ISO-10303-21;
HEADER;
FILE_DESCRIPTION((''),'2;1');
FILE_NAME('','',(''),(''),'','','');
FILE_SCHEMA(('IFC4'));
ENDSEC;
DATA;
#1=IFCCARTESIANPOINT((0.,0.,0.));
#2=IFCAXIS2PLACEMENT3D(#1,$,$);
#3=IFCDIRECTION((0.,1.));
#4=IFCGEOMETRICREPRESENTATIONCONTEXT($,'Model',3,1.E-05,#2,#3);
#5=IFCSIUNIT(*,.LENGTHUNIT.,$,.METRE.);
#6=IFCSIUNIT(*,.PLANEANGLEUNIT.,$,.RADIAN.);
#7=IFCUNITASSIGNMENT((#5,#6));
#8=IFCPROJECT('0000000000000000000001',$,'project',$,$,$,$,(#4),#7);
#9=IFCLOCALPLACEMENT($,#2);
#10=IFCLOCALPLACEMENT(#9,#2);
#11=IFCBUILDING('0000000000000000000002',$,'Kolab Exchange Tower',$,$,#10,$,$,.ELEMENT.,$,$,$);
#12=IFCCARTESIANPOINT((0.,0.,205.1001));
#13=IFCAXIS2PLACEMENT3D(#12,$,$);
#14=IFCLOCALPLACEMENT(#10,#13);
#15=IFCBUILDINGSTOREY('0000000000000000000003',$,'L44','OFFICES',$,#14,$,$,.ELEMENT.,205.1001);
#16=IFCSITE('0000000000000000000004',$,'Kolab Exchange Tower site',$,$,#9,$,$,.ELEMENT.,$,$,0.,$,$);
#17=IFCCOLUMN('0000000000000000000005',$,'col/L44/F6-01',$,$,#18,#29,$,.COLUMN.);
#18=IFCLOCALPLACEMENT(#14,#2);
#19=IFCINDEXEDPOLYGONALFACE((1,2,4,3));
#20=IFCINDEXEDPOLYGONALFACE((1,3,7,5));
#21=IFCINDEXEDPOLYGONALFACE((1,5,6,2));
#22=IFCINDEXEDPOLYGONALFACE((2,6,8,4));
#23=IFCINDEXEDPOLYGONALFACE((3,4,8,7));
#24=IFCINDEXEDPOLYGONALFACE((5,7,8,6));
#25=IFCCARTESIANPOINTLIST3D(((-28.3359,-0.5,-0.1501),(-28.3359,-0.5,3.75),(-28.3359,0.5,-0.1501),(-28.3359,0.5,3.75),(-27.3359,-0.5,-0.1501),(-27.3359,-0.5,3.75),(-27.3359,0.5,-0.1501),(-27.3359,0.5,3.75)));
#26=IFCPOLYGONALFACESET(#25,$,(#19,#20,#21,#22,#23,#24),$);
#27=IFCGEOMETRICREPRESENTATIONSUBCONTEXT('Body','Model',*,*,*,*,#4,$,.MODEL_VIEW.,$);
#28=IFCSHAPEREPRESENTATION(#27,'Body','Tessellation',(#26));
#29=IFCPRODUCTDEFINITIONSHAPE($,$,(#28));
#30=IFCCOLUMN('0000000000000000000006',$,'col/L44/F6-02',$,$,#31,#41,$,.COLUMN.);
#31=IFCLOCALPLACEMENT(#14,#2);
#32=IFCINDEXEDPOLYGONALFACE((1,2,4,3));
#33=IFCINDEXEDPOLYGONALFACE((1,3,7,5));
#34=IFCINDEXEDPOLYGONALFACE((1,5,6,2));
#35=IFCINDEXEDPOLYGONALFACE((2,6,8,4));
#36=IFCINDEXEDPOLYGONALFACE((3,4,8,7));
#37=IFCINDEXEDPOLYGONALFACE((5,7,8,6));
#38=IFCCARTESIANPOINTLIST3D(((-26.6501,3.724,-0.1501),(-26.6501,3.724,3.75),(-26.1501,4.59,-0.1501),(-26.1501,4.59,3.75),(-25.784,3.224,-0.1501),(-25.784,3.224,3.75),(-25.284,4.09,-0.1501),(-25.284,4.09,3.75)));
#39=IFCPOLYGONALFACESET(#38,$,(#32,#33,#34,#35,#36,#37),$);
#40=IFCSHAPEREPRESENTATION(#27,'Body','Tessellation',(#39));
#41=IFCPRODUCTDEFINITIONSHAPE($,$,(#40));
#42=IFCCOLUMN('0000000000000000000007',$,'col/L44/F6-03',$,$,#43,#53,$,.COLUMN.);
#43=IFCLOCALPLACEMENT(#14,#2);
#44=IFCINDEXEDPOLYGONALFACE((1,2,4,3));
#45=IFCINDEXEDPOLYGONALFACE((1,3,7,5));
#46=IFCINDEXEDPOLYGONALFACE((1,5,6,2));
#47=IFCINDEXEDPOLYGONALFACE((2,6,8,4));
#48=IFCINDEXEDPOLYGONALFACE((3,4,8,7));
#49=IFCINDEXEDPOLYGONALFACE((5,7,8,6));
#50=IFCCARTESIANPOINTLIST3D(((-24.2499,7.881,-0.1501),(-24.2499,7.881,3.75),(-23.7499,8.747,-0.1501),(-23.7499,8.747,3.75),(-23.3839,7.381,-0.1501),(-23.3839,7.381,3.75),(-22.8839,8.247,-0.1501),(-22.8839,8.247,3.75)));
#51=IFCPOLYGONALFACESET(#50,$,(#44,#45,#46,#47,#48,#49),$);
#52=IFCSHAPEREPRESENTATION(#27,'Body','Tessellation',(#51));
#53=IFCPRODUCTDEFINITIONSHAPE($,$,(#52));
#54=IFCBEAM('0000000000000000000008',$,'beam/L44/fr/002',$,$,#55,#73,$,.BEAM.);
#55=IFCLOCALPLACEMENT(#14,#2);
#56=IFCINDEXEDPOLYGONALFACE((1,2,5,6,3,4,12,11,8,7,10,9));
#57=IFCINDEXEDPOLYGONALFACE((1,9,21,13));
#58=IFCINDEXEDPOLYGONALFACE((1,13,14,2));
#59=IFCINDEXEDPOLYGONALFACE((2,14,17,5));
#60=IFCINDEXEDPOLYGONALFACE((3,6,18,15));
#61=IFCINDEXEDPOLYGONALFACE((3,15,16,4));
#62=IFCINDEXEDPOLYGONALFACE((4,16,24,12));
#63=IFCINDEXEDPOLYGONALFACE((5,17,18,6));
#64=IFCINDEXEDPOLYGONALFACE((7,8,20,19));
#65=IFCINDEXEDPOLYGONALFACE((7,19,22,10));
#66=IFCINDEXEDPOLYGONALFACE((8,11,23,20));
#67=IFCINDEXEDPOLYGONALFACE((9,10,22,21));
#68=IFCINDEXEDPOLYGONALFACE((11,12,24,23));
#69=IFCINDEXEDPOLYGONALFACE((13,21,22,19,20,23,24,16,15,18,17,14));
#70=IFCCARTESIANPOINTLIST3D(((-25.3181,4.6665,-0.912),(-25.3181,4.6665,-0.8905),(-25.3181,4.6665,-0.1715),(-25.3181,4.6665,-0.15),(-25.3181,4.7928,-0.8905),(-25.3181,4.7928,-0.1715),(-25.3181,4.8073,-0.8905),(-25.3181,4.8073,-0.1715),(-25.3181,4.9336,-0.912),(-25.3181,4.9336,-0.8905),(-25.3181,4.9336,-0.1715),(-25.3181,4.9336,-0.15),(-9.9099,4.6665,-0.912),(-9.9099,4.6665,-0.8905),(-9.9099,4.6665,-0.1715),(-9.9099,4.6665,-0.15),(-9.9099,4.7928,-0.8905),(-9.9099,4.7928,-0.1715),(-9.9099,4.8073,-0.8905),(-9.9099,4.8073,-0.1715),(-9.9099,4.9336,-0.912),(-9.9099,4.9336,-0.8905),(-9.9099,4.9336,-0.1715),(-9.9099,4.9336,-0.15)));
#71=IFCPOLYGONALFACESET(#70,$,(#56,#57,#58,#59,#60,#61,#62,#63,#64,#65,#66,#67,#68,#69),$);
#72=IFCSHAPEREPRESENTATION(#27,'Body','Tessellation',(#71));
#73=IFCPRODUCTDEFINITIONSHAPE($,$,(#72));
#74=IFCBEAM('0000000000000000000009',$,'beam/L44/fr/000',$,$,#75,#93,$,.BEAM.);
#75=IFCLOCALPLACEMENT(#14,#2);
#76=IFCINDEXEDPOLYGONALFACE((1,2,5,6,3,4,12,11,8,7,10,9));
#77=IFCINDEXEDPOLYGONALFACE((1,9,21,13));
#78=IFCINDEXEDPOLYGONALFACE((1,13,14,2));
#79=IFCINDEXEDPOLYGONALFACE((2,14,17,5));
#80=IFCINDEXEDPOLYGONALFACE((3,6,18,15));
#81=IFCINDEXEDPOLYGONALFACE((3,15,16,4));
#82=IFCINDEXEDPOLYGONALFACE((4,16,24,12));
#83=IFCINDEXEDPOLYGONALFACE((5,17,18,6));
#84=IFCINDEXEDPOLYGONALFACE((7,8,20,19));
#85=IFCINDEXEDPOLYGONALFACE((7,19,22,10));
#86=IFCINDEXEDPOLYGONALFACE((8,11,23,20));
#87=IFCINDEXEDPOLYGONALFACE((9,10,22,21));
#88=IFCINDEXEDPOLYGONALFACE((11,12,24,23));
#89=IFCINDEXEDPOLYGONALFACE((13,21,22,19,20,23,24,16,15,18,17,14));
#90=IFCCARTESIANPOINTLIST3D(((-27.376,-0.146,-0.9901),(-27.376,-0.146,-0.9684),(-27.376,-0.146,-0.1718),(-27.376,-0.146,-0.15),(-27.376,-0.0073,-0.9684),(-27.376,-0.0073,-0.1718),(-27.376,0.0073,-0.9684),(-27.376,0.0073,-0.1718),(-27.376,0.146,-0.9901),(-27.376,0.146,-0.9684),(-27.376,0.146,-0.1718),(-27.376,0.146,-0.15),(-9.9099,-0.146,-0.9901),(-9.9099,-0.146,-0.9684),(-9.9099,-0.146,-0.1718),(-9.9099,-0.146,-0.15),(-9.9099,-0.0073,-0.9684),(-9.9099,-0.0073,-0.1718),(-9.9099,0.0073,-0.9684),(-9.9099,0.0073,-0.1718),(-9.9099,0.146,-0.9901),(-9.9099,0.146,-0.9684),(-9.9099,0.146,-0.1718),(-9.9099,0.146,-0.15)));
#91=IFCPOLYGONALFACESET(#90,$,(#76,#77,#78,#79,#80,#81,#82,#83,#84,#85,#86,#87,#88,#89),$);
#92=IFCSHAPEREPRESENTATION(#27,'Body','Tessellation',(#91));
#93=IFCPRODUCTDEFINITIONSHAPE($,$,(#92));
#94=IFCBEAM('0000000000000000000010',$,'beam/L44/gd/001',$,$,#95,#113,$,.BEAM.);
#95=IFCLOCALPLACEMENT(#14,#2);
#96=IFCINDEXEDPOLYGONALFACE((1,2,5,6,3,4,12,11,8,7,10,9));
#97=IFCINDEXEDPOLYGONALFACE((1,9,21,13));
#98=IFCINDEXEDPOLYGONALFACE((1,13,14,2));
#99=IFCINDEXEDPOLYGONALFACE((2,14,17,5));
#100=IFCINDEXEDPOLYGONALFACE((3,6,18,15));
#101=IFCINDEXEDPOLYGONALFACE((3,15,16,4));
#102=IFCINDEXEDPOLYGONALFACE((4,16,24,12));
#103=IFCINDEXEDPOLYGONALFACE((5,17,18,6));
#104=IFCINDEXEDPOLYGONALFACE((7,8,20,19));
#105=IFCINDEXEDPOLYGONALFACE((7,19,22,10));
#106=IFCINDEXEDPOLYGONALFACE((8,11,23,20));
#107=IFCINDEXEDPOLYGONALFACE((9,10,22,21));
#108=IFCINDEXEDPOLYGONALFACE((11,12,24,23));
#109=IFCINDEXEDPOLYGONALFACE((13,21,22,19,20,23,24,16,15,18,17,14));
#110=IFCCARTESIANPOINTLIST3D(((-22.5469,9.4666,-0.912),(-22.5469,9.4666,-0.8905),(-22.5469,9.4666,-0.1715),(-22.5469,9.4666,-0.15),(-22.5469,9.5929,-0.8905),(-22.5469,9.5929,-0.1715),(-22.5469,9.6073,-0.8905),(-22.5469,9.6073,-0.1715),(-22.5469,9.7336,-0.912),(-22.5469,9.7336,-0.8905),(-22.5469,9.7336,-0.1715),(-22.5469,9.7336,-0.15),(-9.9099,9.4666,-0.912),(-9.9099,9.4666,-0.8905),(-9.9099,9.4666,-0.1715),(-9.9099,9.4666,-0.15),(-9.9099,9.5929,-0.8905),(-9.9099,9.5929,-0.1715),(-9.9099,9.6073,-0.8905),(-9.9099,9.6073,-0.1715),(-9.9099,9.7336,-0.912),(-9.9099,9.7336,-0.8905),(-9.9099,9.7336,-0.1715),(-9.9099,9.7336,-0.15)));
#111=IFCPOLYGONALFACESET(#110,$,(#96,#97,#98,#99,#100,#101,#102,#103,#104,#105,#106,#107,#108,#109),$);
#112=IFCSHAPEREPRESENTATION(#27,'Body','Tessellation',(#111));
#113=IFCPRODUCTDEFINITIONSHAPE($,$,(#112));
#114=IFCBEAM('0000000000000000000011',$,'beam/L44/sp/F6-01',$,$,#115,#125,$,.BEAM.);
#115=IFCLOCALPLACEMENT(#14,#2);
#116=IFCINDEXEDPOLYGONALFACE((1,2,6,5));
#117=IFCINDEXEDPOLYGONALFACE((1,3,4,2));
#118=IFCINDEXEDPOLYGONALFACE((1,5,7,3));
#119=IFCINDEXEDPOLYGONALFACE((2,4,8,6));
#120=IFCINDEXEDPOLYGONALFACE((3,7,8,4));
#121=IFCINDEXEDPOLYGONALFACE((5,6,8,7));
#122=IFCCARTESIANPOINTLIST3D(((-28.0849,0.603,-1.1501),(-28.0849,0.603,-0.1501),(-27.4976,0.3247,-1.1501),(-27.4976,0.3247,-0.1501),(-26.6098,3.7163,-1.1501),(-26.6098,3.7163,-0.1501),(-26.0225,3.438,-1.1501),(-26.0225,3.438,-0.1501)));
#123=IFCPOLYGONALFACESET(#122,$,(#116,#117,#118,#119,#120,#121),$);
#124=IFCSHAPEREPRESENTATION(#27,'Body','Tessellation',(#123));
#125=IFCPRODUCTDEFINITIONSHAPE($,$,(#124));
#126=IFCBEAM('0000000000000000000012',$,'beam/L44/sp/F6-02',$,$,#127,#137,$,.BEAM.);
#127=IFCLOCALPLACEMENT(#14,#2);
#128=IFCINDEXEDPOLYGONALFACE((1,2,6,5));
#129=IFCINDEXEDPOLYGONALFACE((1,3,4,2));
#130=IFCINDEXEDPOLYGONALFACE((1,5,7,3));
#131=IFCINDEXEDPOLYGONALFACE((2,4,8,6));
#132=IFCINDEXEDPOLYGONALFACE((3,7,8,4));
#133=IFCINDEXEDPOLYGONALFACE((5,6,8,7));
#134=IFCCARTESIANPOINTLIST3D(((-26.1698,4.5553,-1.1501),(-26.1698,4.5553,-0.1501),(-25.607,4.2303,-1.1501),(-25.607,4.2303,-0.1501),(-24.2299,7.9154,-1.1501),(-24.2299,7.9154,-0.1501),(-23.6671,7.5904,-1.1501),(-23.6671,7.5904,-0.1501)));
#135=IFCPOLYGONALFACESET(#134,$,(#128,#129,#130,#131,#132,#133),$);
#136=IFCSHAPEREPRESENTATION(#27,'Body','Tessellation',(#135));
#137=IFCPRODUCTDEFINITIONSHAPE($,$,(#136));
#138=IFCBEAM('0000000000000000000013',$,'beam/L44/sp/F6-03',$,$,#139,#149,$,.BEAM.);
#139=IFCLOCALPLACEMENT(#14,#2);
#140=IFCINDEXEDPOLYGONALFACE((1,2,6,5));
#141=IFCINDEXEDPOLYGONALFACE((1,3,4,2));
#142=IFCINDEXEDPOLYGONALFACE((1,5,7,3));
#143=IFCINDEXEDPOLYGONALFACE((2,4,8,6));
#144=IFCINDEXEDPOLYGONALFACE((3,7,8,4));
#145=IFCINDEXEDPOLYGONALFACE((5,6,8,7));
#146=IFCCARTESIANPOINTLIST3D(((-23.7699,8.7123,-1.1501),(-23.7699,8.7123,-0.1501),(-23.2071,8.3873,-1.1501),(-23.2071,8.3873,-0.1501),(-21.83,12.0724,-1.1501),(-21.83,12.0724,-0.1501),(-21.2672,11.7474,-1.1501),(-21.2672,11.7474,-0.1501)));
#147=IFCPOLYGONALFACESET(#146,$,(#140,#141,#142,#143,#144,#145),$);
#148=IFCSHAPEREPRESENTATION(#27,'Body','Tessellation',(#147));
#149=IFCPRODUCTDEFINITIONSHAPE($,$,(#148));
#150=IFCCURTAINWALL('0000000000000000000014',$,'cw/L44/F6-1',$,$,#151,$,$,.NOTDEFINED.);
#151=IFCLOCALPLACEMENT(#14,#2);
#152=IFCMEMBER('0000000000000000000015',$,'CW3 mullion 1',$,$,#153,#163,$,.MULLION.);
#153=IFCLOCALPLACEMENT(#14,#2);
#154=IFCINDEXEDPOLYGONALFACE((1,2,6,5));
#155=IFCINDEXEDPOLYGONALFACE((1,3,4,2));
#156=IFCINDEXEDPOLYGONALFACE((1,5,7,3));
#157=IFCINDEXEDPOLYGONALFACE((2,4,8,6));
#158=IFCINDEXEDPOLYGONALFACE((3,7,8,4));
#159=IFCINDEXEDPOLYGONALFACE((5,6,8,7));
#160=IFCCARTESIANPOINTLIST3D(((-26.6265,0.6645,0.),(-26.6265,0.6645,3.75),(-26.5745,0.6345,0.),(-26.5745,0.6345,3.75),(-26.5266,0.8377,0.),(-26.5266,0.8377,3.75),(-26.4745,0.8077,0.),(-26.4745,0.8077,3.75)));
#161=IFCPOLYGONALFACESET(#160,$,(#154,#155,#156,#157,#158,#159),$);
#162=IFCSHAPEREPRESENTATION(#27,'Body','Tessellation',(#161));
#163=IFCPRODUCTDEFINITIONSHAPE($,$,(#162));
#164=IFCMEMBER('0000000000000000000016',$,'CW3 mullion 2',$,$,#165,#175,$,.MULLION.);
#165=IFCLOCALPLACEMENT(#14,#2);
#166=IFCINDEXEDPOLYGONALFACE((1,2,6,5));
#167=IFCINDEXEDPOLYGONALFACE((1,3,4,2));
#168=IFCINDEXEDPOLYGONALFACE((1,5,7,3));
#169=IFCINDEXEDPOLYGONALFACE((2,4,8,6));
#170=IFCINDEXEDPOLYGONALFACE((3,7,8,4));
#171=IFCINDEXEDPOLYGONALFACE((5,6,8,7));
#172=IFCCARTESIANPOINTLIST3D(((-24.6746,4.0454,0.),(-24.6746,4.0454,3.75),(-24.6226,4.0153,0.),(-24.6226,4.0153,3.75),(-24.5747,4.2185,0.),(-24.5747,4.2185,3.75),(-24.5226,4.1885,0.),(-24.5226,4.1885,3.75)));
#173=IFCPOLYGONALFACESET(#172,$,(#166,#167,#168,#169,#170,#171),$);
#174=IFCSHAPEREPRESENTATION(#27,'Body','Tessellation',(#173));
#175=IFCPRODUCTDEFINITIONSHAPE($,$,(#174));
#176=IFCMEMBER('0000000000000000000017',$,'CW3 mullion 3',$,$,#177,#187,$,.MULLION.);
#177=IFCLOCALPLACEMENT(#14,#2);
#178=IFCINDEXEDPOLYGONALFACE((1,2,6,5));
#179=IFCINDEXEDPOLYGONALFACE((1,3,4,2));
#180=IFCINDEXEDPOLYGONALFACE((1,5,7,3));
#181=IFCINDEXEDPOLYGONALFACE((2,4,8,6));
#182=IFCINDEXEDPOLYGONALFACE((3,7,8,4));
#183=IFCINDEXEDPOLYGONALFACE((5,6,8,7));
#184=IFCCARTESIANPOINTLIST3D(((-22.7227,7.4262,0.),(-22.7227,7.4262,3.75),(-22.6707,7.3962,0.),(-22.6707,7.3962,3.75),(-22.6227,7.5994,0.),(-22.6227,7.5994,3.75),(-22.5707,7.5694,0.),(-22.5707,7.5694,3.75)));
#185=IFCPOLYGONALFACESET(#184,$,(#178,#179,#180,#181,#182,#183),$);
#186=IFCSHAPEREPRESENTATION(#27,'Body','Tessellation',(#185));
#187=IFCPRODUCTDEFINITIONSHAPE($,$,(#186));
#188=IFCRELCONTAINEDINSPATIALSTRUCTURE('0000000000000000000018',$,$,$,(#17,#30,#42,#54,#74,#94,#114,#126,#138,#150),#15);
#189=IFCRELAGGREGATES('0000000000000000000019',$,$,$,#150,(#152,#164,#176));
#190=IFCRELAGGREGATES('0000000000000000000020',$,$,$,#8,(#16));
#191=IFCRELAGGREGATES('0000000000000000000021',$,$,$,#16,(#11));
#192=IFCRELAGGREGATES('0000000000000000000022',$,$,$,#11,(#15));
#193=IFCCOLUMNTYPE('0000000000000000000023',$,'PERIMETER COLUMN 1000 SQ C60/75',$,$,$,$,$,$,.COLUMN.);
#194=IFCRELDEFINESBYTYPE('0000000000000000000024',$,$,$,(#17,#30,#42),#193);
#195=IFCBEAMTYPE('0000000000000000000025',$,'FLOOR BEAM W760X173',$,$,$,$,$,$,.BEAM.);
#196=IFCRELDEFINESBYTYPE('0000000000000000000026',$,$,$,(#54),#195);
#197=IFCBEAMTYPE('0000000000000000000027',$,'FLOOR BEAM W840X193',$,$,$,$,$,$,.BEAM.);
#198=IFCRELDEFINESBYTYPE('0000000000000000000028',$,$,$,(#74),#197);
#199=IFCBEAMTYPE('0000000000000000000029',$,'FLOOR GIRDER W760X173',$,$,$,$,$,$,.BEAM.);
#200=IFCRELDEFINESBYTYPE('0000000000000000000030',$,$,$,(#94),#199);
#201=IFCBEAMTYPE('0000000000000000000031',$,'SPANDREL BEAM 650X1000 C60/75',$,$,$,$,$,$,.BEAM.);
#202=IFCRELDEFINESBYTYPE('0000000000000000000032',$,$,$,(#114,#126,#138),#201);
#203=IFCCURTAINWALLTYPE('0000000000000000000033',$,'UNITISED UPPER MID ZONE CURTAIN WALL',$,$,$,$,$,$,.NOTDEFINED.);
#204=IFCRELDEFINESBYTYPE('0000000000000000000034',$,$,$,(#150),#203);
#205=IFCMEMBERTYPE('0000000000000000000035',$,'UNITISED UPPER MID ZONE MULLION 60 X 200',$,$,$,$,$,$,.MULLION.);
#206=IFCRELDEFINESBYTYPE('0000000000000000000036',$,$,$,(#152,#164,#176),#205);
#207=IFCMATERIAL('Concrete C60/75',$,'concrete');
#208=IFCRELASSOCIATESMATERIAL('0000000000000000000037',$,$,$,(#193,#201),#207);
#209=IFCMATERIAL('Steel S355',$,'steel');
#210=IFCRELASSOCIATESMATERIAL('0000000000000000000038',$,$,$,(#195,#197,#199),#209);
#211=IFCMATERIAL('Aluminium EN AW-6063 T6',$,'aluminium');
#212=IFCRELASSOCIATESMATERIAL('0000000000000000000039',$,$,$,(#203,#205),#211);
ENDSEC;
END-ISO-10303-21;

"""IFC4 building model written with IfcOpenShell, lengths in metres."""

from ifc_helpers import new_model, si_unit, direction, frame, origin, origin_2d, place, context, subcontext, project, spatial, rectangle, i_section, extrude, material, material_profile, profile_set, type_object, element, aggregate, save


model = new_model("IFC4")

# Units and contexts
model_context = context("Model", 3, precision=1e-05, world=origin(), true_north=direction((0.0, 1.0)))
body_context = subcontext(model_context, "Body", "Model", "MODEL_VIEW")
ifc_project = project(units=[si_unit("LENGTHUNIT", "METRE"), si_unit("PLANEANGLEUNIT", "RADIAN")], contexts=[model_context])

# Site, building, storey
site_placement = place(None, origin())
site = spatial("IfcSite", under=ifc_project, at=site_placement, Name="Kolab Exchange Tower site", CompositionType="ELEMENT", RefElevation=0.0)
building_placement = place(site_placement, origin())
building = spatial("IfcBuilding", under=site, at=building_placement, Name="Kolab Exchange Tower", CompositionType="ELEMENT")
storey_placement = place(building_placement, frame((0.0, 0.0, 205.1001)))
storey = spatial("IfcBuildingStorey", under=building, at=storey_placement, Name="L44", Description="OFFICES", CompositionType="ELEMENT", Elevation=205.1001)

# Columns
ifc_material_1 = material(Name="Concrete C60/75", Category="concrete")
ifc_material_profile_1 = material_profile(ifc_material_1, rectangle(XDim=1.0, YDim=1.0, at=origin_2d()), Name="RC1000")
ifc_profile_set_1 = profile_set([ifc_material_profile_1], Name="Concrete C60/75")
column_type = type_object("IfcColumnType", Name="PERIMETER COLUMN 1000 SQ C60/75", PredefinedType="COLUMN", material=ifc_profile_set_1)
for number, where, z_axis, x_axis, name in (
    (1, (-27.8359, 0.0, -0.1501), (0.0, 0.0, 1.0), (1.0, 0.0, 0.0), "col/L44/F6-01"),
    (2, (-25.967, 3.907, -0.1501), (0.0, 0.0, 1.0), (0.5, 0.866025, 0.0), "col/L44/F6-02"),
    (3, (-23.5669, 8.064, -0.1501), (0.0, 0.0, 1.0), (0.5, 0.866025, 0.0), "col/L44/F6-03"),
):
    element("IfcColumn", number, at=place(storey_placement, frame(where, z_axis=z_axis, x_axis=x_axis)), inside=storey, type_object=column_type, Name=name, PredefinedType="COLUMN", context=body_context, shape_type="SweptSolid", body=[
        extrude(rectangle(XDim=1.0, YDim=1.0, at=origin_2d()), origin(), (0.0, 0.0, 1.0), 3.9001),
    ])

# Beams
ifc_material_2 = material(Name="Steel S355", Category="steel")
ifc_material_profile_2 = material_profile(ifc_material_2, i_section(OverallWidth=0.2671, OverallDepth=0.762, WebThickness=0.0144, FlangeThickness=0.0215, at=origin_2d()), Name="W760X173")
ifc_profile_set_2 = profile_set([ifc_material_profile_2], Name="Steel S355")
beam_type_1 = type_object("IfcBeamType", Name="FLOOR BEAM W760X173", PredefinedType="BEAM", material=ifc_profile_set_2)
beam_1_placement = place(storey_placement, frame((-25.3181, 4.8, -0.531), z_axis=(1.0, 0.0, 0.0), x_axis=(0.0, 1.0, 0.0)))
element("IfcBeam", 4, at=beam_1_placement, inside=storey, type_object=beam_type_1, Name="beam/L44/fr/002", PredefinedType="BEAM", context=body_context, shape_type="SweptSolid", body=[
    extrude(i_section(OverallWidth=0.2671, OverallDepth=0.762, WebThickness=0.0144, FlangeThickness=0.0215, at=origin_2d()), origin(), (0.0, 0.0, 1.0), 15.4082),
])
ifc_material_profile_3 = material_profile(ifc_material_2, i_section(OverallWidth=0.292, OverallDepth=0.8401, WebThickness=0.0146, FlangeThickness=0.0217, at=origin_2d()), Name="W840X193")
ifc_profile_set_3 = profile_set([ifc_material_profile_3], Name="Steel S355")
beam_type_2 = type_object("IfcBeamType", Name="FLOOR BEAM W840X193", PredefinedType="BEAM", material=ifc_profile_set_3)
beam_2_placement = place(storey_placement, frame((-27.376, 0.0, -0.5701), z_axis=(1.0, 0.0, 0.0), x_axis=(0.0, 1.0, 0.0)))
element("IfcBeam", 5, at=beam_2_placement, inside=storey, type_object=beam_type_2, Name="beam/L44/fr/000", PredefinedType="BEAM", context=body_context, shape_type="SweptSolid", body=[
    extrude(i_section(OverallWidth=0.292, OverallDepth=0.8401, WebThickness=0.0146, FlangeThickness=0.0217, at=origin_2d()), origin(), (0.0, 0.0, 1.0), 17.4661),
])
ifc_material_profile_4 = material_profile(ifc_material_2, i_section(OverallWidth=0.2671, OverallDepth=0.762, WebThickness=0.0144, FlangeThickness=0.0215, at=origin_2d()), Name="W760X173")
ifc_profile_set_4 = profile_set([ifc_material_profile_4], Name="Steel S355")
beam_type_3 = type_object("IfcBeamType", Name="FLOOR GIRDER W760X173", PredefinedType="BEAM", material=ifc_profile_set_4)
beam_3_placement = place(storey_placement, frame((-22.5469, 9.6001, -0.531), z_axis=(1.0, 0.0, 0.0), x_axis=(0.0, 1.0, 0.0)))
element("IfcBeam", 6, at=beam_3_placement, inside=storey, type_object=beam_type_3, Name="beam/L44/gd/001", PredefinedType="BEAM", context=body_context, shape_type="SweptSolid", body=[
    extrude(i_section(OverallWidth=0.2671, OverallDepth=0.762, WebThickness=0.0144, FlangeThickness=0.0215, at=origin_2d()), origin(), (0.0, 0.0, 1.0), 12.637),
])
ifc_material_profile_5 = material_profile(ifc_material_1, rectangle(XDim=0.6499, YDim=1.0, at=origin_2d()), Name="RC650X1000")
ifc_profile_set_5 = profile_set([ifc_material_profile_5], Name="Concrete C60/75")
beam_type_4 = type_object("IfcBeamType", Name="SPANDREL BEAM 650X1000 C60/75", PredefinedType="BEAM", material=ifc_profile_set_5)
beam_4_placement = place(storey_placement, frame((-27.7913, 0.4639, -0.6501), z_axis=(0.428178, 0.903695, 0.0), x_axis=(-0.903695, 0.428178, 0.0)))
element("IfcBeam", 7, at=beam_4_placement, inside=storey, type_object=beam_type_4, Name="beam/L44/sp/F6-01", PredefinedType="BEAM", context=body_context, shape_type="SweptSolid", body=[
    extrude(rectangle(XDim=0.6499, YDim=1.0, at=origin_2d()), origin(), (0.0, 0.0, 1.0), 3.4451),
])
for number, where, z_axis, x_axis, name in (
    (8, (-25.8884, 4.3928, -0.6501), (0.499997, 0.866027, 0.0), (-0.866027, 0.499997, 0.0), "beam/L44/sp/F6-02"),
    (9, (-23.4885, 8.5498, -0.6501), (0.499997, 0.866027, 0.0), (-0.866027, 0.499997, 0.0), "beam/L44/sp/F6-03"),
):
    element("IfcBeam", number, at=place(storey_placement, frame(where, z_axis=z_axis, x_axis=x_axis)), inside=storey, type_object=beam_type_4, Name=name, PredefinedType="BEAM", context=body_context, shape_type="SweptSolid", body=[
        extrude(rectangle(XDim=0.6499, YDim=1.0, at=origin_2d()), origin(), (0.0, 0.0, 1.0), 3.8799),
    ])

# Curtain wall, members
ifc_material_3 = material(Name="Aluminium EN AW-6063 T6", Category="aluminium")
curtain_wall_type = type_object("IfcCurtainWallType", Name="UNITISED UPPER MID ZONE CURTAIN WALL", PredefinedType="NOTDEFINED", material=ifc_material_3)
curtain_wall_1_placement = place(storey_placement, origin())
curtain_wall_1 = element("IfcCurtainWall", 10, at=curtain_wall_1_placement, inside=storey, type_object=curtain_wall_type, Name="cw/L44/F6-1", PredefinedType="NOTDEFINED")
ifc_material_profile_6 = material_profile(ifc_material_3, rectangle(XDim=0.0601, YDim=0.2, at=origin_2d()), Name="RECT 60X200")
ifc_profile_set_6 = profile_set([ifc_material_profile_6], Name="Aluminium EN AW-6063 T6")
member_type_1 = type_object("IfcMemberType", Name="UNITISED UPPER MID ZONE MULLION 60 X 200", PredefinedType="MULLION", material=ifc_profile_set_6)
member_1_placement = place(storey_placement, frame((-26.5505, 0.7361, 0.0), z_axis=(0.0, 0.0, 1.0), x_axis=(-0.866025, 0.5, 0.0)))
member_1 = element("IfcMember", 11, at=member_1_placement, type_object=member_type_1, Name="CW3 mullion 1", PredefinedType="MULLION", context=body_context, shape_type="SweptSolid", body=[
    extrude(rectangle(XDim=0.0601, YDim=0.2, at=origin_2d()), origin(), (0.0, 0.0, 1.0), 3.75),
])
member_2_placement = place(storey_placement, frame((-24.5986, 4.1169, 0.0), z_axis=(0.0, 0.0, 1.0), x_axis=(-0.866025, 0.5, 0.0)))
member_2 = element("IfcMember", 12, at=member_2_placement, type_object=member_type_1, Name="CW3 mullion 2", PredefinedType="MULLION", context=body_context, shape_type="SweptSolid", body=[
    extrude(rectangle(XDim=0.0601, YDim=0.2, at=origin_2d()), origin(), (0.0, 0.0, 1.0), 3.75),
])
member_3_placement = place(storey_placement, frame((-22.6467, 7.4978, 0.0), z_axis=(0.0, 0.0, 1.0), x_axis=(-0.866025, 0.5, 0.0)))
member_3 = element("IfcMember", 13, at=member_3_placement, type_object=member_type_1, Name="CW3 mullion 3", PredefinedType="MULLION", context=body_context, shape_type="SweptSolid", body=[
    extrude(rectangle(XDim=0.0601, YDim=0.2, at=origin_2d()), origin(), (0.0, 0.0, 1.0), 3.75),
])

aggregate(curtain_wall_1, [member_1, member_2, member_3])

save(model, "model.ifc")
